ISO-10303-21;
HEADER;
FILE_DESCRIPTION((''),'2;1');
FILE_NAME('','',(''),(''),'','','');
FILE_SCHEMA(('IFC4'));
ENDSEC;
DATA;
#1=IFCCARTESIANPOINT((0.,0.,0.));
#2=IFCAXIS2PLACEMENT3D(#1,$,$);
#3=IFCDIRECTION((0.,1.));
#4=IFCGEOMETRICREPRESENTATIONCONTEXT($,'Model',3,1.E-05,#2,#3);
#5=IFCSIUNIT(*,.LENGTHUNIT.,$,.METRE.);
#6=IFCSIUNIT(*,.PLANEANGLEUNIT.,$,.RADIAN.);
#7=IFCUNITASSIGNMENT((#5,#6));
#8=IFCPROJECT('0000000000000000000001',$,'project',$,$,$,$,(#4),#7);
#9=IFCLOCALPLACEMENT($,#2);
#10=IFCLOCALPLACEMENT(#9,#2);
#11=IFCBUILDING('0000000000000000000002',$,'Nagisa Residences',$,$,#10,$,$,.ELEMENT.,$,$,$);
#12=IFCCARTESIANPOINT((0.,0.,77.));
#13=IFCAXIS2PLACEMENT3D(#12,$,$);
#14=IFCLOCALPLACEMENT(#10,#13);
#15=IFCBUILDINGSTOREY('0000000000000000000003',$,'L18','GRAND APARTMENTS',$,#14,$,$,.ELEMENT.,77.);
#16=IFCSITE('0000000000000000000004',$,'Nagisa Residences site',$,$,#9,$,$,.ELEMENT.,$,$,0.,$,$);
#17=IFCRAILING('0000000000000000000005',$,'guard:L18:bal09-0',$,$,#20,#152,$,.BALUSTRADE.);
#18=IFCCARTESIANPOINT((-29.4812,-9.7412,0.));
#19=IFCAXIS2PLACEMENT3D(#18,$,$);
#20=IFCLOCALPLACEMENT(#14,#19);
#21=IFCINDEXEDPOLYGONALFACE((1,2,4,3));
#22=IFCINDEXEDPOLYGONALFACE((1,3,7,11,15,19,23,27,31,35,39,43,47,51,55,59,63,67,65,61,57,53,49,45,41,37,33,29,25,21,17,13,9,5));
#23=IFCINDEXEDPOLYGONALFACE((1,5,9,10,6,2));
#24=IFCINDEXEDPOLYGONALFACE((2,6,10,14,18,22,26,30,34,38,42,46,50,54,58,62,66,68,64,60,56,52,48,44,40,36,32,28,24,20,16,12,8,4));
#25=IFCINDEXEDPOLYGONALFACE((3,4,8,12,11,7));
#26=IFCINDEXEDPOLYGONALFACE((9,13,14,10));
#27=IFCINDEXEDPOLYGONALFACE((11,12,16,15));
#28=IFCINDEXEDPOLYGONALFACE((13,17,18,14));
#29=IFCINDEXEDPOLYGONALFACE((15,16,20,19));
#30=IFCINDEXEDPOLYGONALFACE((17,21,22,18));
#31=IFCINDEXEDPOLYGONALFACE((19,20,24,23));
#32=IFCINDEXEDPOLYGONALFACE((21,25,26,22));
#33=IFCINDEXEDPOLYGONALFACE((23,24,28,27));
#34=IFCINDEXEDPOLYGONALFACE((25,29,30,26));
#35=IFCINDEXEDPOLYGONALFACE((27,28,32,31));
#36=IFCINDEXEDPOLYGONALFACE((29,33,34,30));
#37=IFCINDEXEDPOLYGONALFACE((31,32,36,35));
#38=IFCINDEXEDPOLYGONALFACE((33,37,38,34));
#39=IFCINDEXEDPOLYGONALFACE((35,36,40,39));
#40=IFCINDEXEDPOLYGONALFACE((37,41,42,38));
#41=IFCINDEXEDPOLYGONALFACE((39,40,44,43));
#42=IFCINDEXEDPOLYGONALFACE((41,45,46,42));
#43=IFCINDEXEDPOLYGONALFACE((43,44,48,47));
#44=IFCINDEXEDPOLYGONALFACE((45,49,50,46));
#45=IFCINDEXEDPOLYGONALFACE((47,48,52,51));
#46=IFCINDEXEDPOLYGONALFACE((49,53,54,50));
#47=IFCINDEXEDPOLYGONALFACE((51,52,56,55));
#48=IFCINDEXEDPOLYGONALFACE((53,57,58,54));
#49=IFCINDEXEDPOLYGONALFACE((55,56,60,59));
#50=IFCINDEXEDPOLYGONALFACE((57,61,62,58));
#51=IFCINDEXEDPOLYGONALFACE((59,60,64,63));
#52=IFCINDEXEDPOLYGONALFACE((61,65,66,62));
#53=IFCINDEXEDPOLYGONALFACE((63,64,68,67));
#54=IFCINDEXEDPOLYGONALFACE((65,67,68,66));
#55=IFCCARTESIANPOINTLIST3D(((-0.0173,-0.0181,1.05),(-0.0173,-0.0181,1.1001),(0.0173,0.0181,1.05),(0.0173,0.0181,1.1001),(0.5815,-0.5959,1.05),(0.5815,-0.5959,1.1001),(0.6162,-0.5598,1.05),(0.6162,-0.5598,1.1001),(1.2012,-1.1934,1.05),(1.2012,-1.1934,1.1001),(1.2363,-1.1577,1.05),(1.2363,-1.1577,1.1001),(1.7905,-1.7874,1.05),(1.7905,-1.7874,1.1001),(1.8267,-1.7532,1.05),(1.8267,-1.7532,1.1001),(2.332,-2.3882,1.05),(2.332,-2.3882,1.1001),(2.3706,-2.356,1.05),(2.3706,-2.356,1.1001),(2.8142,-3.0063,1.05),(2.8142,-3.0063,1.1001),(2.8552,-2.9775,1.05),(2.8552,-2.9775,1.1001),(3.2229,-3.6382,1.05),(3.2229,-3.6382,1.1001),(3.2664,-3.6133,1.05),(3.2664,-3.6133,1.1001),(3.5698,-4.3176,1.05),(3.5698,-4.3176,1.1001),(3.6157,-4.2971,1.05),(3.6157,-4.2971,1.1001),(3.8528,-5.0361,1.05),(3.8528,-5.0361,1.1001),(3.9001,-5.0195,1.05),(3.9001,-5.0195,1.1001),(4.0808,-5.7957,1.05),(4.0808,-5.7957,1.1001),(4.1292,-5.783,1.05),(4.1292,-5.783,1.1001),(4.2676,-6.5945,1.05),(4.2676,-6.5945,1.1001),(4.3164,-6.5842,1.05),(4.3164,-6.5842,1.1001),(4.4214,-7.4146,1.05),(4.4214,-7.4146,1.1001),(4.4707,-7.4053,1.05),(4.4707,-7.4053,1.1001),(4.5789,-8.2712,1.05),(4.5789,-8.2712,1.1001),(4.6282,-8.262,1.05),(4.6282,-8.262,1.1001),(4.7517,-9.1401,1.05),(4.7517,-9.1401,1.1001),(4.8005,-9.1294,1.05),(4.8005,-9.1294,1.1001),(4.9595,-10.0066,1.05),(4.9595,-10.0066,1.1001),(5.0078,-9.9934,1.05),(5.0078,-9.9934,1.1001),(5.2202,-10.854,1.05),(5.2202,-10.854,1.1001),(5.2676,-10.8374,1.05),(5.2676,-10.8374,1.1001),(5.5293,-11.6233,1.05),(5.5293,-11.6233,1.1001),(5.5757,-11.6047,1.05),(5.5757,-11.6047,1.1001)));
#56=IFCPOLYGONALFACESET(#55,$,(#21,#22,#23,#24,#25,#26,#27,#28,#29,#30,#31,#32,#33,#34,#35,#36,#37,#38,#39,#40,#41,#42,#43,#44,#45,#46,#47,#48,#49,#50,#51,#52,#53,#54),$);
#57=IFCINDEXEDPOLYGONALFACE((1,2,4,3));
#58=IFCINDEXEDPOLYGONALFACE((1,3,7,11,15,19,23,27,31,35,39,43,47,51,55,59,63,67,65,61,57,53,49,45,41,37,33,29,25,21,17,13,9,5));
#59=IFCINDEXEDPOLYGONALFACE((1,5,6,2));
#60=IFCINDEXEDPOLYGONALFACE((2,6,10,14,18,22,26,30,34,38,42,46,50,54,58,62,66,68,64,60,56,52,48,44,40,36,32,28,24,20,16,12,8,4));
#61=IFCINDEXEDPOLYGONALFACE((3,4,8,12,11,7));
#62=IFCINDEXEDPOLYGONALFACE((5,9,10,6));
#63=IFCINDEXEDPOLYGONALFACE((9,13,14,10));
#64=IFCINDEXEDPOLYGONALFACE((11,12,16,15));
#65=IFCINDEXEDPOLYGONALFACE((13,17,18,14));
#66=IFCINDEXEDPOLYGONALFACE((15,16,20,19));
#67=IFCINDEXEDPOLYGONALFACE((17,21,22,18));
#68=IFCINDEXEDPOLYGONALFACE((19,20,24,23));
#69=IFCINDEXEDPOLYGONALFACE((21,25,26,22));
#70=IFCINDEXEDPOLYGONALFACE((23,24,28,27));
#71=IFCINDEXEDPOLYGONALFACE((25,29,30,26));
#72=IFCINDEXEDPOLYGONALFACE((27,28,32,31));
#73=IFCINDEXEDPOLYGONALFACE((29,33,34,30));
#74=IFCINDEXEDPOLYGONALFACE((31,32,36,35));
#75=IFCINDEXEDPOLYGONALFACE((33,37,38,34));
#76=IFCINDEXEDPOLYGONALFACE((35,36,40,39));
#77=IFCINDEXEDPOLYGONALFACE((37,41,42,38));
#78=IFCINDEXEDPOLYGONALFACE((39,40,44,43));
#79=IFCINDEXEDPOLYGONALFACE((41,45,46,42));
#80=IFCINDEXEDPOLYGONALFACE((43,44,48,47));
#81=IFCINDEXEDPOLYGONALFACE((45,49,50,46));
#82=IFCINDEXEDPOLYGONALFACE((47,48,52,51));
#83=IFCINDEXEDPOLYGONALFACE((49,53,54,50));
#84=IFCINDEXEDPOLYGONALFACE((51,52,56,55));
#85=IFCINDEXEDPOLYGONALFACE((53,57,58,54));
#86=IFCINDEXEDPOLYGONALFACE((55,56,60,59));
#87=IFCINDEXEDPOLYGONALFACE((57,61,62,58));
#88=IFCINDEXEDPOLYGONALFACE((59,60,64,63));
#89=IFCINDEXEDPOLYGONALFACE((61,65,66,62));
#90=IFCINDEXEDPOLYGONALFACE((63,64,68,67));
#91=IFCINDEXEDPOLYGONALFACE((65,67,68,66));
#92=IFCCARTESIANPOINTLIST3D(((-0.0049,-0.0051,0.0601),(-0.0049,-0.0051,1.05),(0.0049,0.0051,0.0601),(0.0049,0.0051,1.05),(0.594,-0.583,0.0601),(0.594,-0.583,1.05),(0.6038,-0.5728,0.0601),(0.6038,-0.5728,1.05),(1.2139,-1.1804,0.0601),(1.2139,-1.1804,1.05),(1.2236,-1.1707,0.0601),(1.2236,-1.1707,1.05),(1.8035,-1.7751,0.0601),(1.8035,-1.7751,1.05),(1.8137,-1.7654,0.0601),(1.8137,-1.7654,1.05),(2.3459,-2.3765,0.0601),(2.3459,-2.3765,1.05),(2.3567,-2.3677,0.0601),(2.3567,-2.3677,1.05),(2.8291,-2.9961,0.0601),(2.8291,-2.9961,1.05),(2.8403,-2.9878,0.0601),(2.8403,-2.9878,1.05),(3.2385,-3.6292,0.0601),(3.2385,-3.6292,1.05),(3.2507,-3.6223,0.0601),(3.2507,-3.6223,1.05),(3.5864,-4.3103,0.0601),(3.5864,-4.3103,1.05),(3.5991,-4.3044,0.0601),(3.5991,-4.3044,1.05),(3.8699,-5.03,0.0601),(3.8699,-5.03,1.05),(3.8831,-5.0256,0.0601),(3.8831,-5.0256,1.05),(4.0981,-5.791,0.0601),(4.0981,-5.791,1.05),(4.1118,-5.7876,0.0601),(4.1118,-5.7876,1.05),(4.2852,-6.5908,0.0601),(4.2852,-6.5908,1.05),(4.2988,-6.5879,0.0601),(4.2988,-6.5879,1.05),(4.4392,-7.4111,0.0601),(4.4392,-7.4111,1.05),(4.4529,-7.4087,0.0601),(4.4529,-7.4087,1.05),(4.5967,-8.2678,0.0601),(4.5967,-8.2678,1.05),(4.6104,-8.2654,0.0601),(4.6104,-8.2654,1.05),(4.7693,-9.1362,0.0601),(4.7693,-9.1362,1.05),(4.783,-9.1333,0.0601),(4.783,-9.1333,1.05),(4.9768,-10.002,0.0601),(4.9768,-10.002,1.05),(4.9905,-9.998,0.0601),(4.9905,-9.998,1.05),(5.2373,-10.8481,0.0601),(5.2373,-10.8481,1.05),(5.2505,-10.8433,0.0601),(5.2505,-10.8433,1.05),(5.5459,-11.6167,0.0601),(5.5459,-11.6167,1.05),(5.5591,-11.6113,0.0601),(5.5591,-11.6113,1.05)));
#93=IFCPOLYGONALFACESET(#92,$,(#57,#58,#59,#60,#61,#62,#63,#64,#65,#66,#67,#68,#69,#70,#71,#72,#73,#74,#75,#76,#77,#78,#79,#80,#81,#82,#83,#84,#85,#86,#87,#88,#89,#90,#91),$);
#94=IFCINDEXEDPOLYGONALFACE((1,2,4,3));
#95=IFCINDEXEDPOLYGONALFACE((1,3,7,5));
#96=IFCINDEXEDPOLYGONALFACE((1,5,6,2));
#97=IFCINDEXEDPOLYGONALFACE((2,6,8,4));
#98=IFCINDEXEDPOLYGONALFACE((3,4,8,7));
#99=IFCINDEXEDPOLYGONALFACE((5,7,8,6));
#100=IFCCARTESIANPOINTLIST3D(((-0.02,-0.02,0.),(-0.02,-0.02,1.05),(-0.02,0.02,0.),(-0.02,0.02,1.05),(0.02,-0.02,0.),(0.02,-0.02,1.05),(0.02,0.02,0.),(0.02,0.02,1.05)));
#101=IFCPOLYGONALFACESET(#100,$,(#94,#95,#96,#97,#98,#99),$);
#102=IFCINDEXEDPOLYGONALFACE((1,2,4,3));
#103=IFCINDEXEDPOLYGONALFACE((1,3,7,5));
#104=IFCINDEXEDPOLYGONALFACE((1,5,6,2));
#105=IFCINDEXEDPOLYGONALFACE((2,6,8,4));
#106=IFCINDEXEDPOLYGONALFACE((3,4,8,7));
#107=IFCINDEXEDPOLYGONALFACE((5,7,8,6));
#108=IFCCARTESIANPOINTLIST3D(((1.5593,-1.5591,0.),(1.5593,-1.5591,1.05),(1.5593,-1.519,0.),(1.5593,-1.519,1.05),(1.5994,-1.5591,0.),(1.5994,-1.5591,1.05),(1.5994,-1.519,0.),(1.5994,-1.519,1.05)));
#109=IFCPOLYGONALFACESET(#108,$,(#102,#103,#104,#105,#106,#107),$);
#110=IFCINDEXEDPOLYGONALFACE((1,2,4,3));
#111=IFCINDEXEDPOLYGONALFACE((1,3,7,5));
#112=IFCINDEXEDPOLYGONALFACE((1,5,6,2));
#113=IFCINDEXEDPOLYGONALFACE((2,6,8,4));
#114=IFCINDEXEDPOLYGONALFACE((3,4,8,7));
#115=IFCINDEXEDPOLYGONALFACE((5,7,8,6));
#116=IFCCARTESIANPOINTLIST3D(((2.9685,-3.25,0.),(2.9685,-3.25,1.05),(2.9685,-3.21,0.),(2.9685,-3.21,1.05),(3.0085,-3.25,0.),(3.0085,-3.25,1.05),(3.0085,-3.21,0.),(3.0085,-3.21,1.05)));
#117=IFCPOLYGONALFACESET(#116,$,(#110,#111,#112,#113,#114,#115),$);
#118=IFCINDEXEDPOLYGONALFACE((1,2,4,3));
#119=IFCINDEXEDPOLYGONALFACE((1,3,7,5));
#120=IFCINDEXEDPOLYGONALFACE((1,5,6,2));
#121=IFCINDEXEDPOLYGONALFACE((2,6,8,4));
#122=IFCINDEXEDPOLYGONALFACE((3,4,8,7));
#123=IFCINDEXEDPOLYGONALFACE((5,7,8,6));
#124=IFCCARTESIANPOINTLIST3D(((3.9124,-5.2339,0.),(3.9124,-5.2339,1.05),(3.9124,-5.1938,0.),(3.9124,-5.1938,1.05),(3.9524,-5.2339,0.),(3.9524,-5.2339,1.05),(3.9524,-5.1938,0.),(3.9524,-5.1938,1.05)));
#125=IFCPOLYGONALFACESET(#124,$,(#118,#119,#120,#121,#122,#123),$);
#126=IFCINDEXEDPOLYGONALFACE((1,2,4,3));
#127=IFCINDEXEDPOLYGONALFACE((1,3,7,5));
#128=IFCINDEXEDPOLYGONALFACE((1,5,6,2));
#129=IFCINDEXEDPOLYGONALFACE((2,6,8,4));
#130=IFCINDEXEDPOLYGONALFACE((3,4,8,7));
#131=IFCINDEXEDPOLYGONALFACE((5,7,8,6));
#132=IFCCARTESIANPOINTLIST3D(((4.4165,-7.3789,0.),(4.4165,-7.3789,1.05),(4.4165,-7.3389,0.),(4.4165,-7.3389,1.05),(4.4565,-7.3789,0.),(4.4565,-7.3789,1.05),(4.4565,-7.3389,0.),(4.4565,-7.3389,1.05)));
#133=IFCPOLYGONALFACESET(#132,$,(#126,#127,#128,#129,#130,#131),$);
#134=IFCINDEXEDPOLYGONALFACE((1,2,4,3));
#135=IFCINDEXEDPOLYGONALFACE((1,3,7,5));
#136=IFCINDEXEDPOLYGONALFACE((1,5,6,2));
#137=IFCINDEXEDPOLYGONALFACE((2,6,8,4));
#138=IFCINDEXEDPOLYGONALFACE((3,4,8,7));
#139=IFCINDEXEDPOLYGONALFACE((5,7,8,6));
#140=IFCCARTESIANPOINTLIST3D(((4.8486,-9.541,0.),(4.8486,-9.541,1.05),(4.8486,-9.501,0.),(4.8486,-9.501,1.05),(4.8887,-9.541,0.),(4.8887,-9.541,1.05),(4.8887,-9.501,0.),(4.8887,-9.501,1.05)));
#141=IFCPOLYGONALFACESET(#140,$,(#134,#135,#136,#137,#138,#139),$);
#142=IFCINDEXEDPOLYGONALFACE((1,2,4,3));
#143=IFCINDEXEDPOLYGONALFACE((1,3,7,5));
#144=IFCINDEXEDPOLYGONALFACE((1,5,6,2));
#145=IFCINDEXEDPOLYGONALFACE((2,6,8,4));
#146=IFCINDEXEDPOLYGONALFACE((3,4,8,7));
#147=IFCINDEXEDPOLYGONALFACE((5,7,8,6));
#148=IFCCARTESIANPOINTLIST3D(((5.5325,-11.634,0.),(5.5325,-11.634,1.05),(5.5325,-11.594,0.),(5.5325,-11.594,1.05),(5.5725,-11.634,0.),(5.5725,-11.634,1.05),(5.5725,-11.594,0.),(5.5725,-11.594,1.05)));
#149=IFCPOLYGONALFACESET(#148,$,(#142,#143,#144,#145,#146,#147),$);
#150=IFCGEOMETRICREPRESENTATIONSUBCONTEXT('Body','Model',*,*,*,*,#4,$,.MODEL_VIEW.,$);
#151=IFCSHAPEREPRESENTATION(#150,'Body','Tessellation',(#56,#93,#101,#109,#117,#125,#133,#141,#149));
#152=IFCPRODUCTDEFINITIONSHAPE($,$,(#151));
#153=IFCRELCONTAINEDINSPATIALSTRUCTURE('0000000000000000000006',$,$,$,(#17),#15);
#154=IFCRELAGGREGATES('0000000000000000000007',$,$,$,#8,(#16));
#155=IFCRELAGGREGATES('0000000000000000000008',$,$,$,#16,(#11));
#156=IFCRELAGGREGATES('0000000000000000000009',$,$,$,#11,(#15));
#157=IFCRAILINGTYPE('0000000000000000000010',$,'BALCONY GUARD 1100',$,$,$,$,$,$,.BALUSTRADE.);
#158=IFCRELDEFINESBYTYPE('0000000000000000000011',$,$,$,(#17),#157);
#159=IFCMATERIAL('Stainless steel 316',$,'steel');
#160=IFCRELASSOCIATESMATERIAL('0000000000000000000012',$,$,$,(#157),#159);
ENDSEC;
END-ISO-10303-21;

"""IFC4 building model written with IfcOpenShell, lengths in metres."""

from ifc_helpers import new_model, si_unit, direction, frame, origin, origin_2d, place, context, subcontext, project, spatial, polyline, rectangle, outline, extrude, material, type_object, element, save


model = new_model("IFC4")

# Units and contexts
model_context = context("Model", 3, precision=1e-05, world=origin(), true_north=direction((0.0, 1.0)))
body_context = subcontext(model_context, "Body", "Model", "MODEL_VIEW")
ifc_project = project(units=[si_unit("LENGTHUNIT", "METRE"), si_unit("PLANEANGLEUNIT", "RADIAN")], contexts=[model_context])

# Site, building, storey
site_placement = place(None, origin())
site = spatial("IfcSite", under=ifc_project, at=site_placement, Name="Nagisa Residences site", CompositionType="ELEMENT", RefElevation=0.0)
building_placement = place(site_placement, origin())
building = spatial("IfcBuilding", under=site, at=building_placement, Name="Nagisa Residences", CompositionType="ELEMENT")
storey_placement = place(building_placement, frame((0.0, 0.0, 77.0)))
storey = spatial("IfcBuildingStorey", under=building, at=storey_placement, Name="L18", Description="GRAND APARTMENTS", CompositionType="ELEMENT", Elevation=77.0)

# Railing
ifc_material_1 = material(Name="Stainless steel 316", Category="steel")
railing_type = type_object("IfcRailingType", Name="BALCONY GUARD 1100", PredefinedType="BALUSTRADE", material=ifc_material_1)
railing_placement = place(storey_placement, frame((-29.4812, -9.7412, 0.0)))
element("IfcRailing", 1, at=railing_placement, inside=storey, type_object=railing_type, Name="guard:L18:bal09-0", PredefinedType="BALUSTRADE", context=body_context, shape_type="SweptSolid", body=[
    extrude(outline(polyline([(0.6162, -0.5598), (0.0173, 0.0181), (-0.0173, -0.0181), (0.5815, -0.5959), (1.2012, -1.1934), (1.7905, -1.7874), (2.332, -2.3882), (2.8142, -3.0063), (3.2229, -3.6382), (3.5698, -4.3176), (3.8528, -5.0361), (4.0808, -5.7957), (4.2676, -6.5945), (4.4214, -7.4146), (4.5789, -8.2712), (4.7517, -9.1401), (4.9595, -10.0066), (5.2202, -10.854), (5.5293, -11.6233), (5.5757, -11.6047), (5.2676, -10.8374), (5.0078, -9.9934), (4.8005, -9.1294), (4.6282, -8.262), (4.4707, -7.4053), (4.3164, -6.5842), (4.1292, -5.783), (3.9001, -5.0195), (3.6157, -4.2971), (3.2664, -3.6133), (2.8552, -2.9775), (2.3706, -2.356), (1.8267, -1.7532), (1.2363, -1.1577), (0.6162, -0.5598)])), frame((0.0, 0.0, 1.05)), (0.0, 0.0, 1.0), 0.05),
    extrude(outline(polyline([(0.6038, -0.5728), (0.0049, 0.0051), (-0.0049, -0.0051), (0.594, -0.583), (1.2139, -1.1804), (1.8035, -1.7751), (2.3459, -2.3765), (2.8291, -2.9961), (3.2385, -3.6292), (3.5864, -4.3103), (3.8699, -5.03), (4.0981, -5.791), (4.2852, -6.5908), (4.4392, -7.4111), (4.5967, -8.2678), (4.7693, -9.1362), (4.9768, -10.002), (5.2373, -10.8481), (5.5459, -11.6167), (5.5591, -11.6113), (5.2505, -10.8433), (4.9905, -9.998), (4.783, -9.1333), (4.6104, -8.2654), (4.4529, -7.4087), (4.2988, -6.5879), (4.1118, -5.7876), (3.8831, -5.0256), (3.5991, -4.3044), (3.2507, -3.6223), (2.8403, -2.9878), (2.3567, -2.3677), (1.8137, -1.7654), (1.2236, -1.1707), (0.6038, -0.5728)])), frame((0.0, 0.0, 0.0601)), (0.0, 0.0, 1.0), 0.99),
    extrude(rectangle(XDim=0.04, YDim=0.04, at=origin_2d()), origin(), (0.0, 0.0, 1.0), 1.05),
    extrude(rectangle(XDim=0.04, YDim=0.04, at=origin_2d()), frame((1.5793, -1.5391, 0.0)), (0.0, 0.0, 1.0), 1.05),
    extrude(rectangle(XDim=0.04, YDim=0.04, at=origin_2d()), frame((2.9885, -3.23, 0.0)), (0.0, 0.0, 1.0), 1.05),
    extrude(rectangle(XDim=0.04, YDim=0.04, at=origin_2d()), frame((3.9324, -5.2139, 0.0)), (0.0, 0.0, 1.0), 1.05),
    extrude(rectangle(XDim=0.04, YDim=0.04, at=origin_2d()), frame((4.4365, -7.3589, 0.0)), (0.0, 0.0, 1.0), 1.05),
    extrude(rectangle(XDim=0.04, YDim=0.04, at=origin_2d()), frame((4.8687, -9.521, 0.0)), (0.0, 0.0, 1.0), 1.05),
    extrude(rectangle(XDim=0.04, YDim=0.04, at=origin_2d()), frame((5.5525, -11.614, 0.0)), (0.0, 0.0, 1.0), 1.05),
])

save(model, "model.ifc")
